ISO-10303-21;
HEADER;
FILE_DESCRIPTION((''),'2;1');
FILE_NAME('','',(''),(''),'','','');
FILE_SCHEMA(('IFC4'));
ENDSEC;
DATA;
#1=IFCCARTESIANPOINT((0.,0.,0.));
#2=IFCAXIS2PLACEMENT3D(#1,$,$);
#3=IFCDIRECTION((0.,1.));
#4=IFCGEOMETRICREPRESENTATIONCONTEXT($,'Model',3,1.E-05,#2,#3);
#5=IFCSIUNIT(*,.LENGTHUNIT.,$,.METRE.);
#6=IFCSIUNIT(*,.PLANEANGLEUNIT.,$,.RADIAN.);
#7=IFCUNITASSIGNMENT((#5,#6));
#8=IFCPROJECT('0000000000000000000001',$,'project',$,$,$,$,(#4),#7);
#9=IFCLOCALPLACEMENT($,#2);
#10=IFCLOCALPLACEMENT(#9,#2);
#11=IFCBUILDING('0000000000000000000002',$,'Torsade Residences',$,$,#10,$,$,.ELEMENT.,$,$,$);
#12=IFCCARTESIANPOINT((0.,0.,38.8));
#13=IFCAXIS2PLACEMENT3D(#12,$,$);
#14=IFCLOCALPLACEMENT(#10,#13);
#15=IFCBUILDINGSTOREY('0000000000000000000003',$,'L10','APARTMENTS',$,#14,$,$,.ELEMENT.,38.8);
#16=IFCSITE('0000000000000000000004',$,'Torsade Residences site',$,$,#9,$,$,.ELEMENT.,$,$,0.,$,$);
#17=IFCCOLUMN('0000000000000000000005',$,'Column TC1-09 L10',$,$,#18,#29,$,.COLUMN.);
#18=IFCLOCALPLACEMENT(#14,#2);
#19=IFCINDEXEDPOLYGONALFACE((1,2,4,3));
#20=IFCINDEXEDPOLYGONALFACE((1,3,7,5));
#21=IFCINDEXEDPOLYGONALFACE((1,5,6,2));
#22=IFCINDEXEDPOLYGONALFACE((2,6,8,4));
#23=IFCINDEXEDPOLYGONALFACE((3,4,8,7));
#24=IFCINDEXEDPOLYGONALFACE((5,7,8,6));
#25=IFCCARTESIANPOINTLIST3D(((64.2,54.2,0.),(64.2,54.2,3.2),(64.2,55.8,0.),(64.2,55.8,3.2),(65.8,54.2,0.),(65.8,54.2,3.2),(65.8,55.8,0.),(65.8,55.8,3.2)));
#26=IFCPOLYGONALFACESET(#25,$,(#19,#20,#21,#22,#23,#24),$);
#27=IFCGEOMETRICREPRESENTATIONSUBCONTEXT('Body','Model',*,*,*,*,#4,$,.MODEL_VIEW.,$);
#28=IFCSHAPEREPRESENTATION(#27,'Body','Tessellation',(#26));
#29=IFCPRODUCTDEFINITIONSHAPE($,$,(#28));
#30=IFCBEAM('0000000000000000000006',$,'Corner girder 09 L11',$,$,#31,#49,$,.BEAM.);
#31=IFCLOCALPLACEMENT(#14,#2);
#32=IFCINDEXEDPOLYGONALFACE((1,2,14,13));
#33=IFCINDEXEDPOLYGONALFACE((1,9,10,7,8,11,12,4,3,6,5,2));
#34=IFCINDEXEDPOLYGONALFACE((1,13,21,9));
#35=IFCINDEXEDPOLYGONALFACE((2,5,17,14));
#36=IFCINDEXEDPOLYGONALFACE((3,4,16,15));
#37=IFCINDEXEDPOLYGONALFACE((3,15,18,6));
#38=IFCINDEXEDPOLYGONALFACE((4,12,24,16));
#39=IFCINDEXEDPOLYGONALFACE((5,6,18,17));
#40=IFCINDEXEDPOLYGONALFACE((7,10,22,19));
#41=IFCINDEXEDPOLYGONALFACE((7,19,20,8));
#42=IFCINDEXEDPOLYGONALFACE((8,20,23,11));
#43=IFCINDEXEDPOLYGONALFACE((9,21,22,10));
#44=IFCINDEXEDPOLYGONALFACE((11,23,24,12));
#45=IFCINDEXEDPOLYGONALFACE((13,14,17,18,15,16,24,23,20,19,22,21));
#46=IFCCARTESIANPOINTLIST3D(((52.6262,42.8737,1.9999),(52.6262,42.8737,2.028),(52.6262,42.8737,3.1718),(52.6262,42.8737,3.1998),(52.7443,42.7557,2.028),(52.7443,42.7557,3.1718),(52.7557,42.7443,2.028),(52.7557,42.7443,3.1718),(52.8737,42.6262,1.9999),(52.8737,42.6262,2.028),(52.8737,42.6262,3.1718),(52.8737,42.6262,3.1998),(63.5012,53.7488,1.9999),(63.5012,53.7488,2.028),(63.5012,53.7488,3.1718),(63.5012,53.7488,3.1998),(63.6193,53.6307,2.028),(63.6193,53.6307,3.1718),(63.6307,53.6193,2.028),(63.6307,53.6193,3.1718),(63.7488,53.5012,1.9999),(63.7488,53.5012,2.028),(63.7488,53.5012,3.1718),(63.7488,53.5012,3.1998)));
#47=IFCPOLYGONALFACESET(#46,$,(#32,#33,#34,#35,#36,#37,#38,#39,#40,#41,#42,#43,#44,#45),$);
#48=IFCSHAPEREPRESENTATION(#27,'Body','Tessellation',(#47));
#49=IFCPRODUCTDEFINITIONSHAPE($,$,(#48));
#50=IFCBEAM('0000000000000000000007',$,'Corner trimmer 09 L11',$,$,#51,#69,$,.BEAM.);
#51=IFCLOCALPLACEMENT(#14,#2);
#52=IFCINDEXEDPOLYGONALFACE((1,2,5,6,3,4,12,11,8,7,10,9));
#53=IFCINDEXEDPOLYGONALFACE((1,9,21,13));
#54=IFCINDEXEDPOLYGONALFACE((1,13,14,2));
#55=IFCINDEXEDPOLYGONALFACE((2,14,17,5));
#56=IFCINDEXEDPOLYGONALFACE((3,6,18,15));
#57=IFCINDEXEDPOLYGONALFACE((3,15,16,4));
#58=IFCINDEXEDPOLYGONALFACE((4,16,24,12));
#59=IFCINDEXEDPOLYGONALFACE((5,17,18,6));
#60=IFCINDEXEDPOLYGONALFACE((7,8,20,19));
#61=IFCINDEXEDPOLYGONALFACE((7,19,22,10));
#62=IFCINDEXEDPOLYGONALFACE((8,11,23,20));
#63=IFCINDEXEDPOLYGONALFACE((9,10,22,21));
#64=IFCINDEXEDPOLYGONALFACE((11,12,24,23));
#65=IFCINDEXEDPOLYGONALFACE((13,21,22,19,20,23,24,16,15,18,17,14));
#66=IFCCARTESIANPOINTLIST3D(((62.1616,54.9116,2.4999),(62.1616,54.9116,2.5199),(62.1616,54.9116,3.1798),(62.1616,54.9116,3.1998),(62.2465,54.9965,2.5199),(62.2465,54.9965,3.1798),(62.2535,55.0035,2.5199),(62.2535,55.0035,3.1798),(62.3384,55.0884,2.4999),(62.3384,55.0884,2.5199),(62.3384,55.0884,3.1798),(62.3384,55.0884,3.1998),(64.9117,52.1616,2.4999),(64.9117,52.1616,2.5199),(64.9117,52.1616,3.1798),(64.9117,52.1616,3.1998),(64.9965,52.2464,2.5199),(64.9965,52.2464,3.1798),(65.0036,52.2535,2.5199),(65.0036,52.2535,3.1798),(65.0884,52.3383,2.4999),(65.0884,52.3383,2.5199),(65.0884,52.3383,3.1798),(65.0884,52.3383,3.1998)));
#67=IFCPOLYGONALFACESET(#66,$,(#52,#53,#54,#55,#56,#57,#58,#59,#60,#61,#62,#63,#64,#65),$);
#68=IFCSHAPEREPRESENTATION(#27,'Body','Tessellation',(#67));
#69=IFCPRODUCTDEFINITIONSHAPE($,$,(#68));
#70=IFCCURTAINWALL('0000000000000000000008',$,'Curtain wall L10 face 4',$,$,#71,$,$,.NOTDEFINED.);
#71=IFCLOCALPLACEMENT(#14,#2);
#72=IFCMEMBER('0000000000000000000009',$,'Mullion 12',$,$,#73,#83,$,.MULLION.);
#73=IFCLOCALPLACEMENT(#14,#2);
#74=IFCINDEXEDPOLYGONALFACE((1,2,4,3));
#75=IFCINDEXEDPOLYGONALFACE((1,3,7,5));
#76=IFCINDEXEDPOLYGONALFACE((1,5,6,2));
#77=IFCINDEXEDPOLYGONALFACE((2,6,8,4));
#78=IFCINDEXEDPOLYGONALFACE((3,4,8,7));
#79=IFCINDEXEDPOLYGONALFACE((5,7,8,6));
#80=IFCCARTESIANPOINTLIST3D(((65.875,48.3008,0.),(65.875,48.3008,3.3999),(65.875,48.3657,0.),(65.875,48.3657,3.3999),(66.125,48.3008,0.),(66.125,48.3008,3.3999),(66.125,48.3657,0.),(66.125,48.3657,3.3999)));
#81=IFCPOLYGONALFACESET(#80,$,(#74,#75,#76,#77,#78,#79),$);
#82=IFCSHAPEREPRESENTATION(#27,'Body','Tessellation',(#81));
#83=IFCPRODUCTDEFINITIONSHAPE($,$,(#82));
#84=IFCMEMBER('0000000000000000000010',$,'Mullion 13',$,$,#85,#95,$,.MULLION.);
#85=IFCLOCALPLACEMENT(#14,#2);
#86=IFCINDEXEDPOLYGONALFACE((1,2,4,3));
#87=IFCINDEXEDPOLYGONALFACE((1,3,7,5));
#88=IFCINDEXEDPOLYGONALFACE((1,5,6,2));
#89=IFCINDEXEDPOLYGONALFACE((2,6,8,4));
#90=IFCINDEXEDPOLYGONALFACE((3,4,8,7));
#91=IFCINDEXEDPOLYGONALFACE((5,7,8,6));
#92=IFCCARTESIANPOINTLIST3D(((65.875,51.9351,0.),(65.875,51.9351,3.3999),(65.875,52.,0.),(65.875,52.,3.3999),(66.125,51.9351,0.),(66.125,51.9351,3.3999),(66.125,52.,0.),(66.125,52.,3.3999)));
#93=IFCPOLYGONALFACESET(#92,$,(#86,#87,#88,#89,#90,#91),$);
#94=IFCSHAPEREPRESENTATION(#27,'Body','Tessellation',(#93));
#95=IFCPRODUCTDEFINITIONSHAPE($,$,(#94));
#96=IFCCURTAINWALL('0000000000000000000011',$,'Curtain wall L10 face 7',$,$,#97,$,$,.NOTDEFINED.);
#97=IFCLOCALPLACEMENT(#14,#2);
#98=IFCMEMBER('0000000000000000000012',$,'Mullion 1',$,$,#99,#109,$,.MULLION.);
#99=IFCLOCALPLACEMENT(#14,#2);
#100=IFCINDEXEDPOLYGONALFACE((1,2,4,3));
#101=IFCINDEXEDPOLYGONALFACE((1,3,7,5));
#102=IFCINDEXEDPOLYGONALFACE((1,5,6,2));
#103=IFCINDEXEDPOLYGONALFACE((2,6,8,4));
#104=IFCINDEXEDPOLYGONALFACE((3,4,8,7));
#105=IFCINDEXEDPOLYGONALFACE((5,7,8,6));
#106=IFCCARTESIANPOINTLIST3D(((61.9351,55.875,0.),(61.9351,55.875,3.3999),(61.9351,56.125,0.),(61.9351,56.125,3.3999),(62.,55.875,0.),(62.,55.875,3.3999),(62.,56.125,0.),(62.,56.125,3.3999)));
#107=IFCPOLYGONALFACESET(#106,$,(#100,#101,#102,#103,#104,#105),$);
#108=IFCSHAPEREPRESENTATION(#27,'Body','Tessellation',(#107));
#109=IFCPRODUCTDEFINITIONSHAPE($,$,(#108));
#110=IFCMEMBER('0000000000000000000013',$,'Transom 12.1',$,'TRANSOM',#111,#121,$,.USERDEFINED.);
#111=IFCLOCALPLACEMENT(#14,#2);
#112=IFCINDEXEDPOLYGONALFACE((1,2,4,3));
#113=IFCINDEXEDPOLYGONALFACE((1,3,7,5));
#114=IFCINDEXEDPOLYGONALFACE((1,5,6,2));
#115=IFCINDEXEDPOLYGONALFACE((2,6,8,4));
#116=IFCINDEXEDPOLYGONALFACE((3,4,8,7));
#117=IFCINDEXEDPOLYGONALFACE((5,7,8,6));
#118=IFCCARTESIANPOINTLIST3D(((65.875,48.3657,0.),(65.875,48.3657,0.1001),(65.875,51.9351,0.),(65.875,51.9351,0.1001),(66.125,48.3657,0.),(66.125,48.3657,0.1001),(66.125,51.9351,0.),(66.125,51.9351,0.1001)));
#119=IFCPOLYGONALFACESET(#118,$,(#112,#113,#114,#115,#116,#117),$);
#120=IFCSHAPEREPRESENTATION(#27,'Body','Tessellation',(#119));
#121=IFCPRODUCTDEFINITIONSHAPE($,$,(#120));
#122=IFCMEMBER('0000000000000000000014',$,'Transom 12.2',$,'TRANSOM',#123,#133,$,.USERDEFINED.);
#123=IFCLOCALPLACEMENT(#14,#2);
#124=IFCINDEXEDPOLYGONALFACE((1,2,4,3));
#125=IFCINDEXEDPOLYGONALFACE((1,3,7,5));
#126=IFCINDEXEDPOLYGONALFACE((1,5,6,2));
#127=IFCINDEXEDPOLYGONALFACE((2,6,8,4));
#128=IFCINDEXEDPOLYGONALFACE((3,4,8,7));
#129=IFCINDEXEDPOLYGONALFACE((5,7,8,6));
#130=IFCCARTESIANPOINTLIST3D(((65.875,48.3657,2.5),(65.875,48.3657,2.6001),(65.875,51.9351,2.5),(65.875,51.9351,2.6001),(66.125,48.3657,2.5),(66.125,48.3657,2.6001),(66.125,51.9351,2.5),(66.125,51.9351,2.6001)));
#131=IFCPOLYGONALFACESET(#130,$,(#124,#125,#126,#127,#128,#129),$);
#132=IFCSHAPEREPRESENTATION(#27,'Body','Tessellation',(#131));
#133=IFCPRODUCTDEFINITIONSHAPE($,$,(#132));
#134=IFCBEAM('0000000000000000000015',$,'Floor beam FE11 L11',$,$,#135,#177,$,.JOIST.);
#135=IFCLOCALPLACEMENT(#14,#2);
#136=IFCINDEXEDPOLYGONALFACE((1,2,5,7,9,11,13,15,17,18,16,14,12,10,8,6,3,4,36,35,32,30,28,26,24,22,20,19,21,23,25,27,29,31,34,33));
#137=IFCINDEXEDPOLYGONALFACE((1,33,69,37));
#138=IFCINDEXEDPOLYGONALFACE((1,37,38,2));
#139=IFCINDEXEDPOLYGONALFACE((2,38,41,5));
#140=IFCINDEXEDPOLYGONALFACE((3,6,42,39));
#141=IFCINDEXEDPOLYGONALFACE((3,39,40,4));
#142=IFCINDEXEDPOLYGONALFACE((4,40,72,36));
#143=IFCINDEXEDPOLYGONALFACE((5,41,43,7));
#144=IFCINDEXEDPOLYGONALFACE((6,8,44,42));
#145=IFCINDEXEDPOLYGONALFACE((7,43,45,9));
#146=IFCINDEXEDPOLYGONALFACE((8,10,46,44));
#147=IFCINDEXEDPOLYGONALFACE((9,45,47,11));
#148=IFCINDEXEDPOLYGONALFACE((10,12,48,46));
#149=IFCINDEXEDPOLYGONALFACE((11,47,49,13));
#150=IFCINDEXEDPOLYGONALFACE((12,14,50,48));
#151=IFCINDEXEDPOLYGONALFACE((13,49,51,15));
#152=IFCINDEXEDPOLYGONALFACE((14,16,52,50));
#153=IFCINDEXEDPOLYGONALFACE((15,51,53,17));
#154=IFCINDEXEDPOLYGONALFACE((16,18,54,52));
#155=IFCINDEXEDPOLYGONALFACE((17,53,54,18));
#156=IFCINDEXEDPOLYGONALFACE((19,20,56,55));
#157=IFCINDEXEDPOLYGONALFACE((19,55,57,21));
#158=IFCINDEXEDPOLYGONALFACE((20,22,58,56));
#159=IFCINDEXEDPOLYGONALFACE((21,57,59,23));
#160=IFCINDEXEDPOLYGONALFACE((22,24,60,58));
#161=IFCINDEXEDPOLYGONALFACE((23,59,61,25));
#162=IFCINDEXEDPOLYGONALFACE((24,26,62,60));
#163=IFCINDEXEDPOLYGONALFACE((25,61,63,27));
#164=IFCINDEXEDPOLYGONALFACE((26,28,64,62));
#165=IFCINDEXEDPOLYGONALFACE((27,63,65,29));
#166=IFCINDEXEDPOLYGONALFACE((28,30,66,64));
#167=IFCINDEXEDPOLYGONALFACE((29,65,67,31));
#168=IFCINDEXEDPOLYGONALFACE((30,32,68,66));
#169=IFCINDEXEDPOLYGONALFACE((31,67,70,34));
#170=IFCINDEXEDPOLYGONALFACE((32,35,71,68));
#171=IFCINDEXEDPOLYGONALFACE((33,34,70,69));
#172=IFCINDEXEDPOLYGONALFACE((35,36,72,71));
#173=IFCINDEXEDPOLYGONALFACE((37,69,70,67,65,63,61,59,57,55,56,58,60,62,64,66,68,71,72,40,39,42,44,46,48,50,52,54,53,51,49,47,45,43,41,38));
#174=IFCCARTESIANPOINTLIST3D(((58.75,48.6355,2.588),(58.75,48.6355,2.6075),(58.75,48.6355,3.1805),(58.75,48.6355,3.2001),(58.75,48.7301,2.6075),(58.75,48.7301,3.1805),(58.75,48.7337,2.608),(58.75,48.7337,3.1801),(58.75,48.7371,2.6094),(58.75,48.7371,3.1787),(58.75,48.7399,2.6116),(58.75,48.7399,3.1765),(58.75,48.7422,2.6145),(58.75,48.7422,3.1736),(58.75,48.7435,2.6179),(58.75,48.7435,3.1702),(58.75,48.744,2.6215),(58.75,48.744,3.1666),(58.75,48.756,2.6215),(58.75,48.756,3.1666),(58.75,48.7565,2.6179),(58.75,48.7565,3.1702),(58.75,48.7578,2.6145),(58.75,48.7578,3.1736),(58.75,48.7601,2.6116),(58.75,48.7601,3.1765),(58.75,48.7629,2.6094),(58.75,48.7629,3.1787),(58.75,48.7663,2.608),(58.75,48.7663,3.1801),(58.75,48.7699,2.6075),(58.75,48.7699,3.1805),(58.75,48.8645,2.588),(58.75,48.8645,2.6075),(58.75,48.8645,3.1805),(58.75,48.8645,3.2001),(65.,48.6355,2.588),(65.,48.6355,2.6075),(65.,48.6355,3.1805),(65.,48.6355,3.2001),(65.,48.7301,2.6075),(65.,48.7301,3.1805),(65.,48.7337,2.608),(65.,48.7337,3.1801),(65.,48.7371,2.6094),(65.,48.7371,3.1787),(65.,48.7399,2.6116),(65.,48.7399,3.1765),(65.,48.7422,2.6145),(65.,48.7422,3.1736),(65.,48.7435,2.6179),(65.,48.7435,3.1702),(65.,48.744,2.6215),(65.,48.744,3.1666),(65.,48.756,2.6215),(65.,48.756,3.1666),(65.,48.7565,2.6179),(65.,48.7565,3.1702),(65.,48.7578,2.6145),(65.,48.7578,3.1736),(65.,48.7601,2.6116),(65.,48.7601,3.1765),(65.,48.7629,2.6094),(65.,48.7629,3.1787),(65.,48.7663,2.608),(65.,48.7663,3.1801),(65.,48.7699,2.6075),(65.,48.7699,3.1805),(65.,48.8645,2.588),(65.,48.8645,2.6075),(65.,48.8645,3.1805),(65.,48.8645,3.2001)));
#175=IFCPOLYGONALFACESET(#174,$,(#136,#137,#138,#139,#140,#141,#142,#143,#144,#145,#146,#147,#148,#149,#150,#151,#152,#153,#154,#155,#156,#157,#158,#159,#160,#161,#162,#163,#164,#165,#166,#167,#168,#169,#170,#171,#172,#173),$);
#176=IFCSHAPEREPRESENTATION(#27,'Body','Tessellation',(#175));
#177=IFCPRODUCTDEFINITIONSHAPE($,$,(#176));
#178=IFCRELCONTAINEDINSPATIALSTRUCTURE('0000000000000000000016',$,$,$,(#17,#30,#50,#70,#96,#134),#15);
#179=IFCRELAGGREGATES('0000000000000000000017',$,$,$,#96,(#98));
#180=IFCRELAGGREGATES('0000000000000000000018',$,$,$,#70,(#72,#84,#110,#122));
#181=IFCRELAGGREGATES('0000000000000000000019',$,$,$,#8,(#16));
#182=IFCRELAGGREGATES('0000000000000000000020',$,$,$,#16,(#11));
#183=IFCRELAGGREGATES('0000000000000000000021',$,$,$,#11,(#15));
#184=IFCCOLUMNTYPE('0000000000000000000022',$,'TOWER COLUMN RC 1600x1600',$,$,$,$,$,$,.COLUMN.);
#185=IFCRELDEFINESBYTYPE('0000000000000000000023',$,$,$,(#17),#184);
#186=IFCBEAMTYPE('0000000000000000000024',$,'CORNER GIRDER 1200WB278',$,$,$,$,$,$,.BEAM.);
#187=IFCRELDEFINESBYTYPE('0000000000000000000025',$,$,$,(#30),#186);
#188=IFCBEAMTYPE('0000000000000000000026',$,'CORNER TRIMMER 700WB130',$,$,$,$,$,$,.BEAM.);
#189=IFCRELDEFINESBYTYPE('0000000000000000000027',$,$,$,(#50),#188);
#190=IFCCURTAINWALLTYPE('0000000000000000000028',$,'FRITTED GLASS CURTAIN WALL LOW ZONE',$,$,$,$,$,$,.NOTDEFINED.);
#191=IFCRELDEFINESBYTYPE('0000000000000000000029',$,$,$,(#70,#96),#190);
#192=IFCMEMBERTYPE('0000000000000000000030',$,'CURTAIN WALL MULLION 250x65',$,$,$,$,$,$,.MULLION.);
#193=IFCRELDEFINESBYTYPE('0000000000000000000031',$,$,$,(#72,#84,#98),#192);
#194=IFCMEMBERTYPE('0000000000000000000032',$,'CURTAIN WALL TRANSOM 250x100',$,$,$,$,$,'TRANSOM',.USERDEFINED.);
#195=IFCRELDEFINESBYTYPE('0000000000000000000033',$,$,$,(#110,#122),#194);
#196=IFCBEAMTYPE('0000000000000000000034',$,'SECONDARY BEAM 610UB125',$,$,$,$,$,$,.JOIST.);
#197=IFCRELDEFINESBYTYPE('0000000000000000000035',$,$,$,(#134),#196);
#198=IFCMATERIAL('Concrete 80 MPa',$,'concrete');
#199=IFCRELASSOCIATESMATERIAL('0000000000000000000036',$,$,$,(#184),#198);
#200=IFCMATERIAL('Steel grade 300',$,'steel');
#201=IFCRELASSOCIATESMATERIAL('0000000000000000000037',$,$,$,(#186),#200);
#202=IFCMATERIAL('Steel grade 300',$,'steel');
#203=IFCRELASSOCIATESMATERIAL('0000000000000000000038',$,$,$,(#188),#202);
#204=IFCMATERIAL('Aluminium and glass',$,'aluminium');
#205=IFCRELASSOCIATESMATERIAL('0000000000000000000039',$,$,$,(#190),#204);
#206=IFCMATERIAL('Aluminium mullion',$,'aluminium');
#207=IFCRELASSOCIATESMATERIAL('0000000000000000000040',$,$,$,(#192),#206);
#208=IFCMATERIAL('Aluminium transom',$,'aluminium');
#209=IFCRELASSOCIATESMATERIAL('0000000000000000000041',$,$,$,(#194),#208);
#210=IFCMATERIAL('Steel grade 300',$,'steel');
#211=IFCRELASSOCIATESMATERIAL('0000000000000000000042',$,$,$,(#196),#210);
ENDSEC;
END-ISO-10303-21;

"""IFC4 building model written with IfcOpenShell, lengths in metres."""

from ifc_helpers import new_model, si_unit, direction, frame, origin, origin_2d, place, context, subcontext, project, spatial, rectangle, i_section, extrude, material, material_profile, profile_set, type_object, element, aggregate, save


model = new_model("IFC4")

# Units and contexts
model_context = context("Model", 3, precision=1e-05, world=origin(), true_north=direction((0.0, 1.0)))
body_context = subcontext(model_context, "Body", "Model", "MODEL_VIEW")
ifc_project = project(units=[si_unit("LENGTHUNIT", "METRE"), si_unit("PLANEANGLEUNIT", "RADIAN")], contexts=[model_context])

# Site, building, storey
site_placement = place(None, origin())
site = spatial("IfcSite", under=ifc_project, at=site_placement, Name="Torsade Residences site", CompositionType="ELEMENT", RefElevation=0.0)
building_placement = place(site_placement, origin())
building = spatial("IfcBuilding", under=site, at=building_placement, Name="Torsade Residences", CompositionType="ELEMENT")
storey_placement = place(building_placement, frame((0.0, 0.0, 38.8)))
storey = spatial("IfcBuildingStorey", under=building, at=storey_placement, Name="L10", Description="APARTMENTS", CompositionType="ELEMENT", Elevation=38.8)

# Column
ifc_material_1 = material(Name="Concrete 80 MPa", Category="concrete")
ifc_material_profile_1 = material_profile(ifc_material_1, rectangle(XDim=1.6001, YDim=1.6001, at=origin_2d()), Name="RC 1600x1600")
ifc_profile_set_1 = profile_set([ifc_material_profile_1], Name="Concrete 80 MPa")
column_type = type_object("IfcColumnType", Name="TOWER COLUMN RC 1600x1600", PredefinedType="COLUMN", material=ifc_profile_set_1)
column_placement = place(storey_placement, frame((65.0, 55.0, 0.0), z_axis=(0.0, 0.0, 1.0), x_axis=(1.0, 0.0, 0.0)))
element("IfcColumn", 1, at=column_placement, inside=storey, type_object=column_type, Name="Column TC1-09 L10", PredefinedType="COLUMN", context=body_context, shape_type="SweptSolid", body=[
    extrude(rectangle(XDim=1.6001, YDim=1.6001, at=origin_2d()), origin(), (0.0, 0.0, 1.0), 3.2),
])

# Beams
ifc_material_2 = material(Name="Steel grade 300", Category="steel")
ifc_material_profile_2 = material_profile(ifc_material_2, i_section(OverallWidth=0.3501, OverallDepth=1.2, WebThickness=0.0161, FlangeThickness=0.0281, at=origin_2d()), Name="1200WB278")
ifc_profile_set_2 = profile_set([ifc_material_profile_2], Name="Steel grade 300")
beam_type_1 = type_object("IfcBeamType", Name="CORNER GIRDER 1200WB278", PredefinedType="BEAM", material=ifc_profile_set_2)
beam_1_placement = place(storey_placement, frame((63.625, 53.625, 2.5999), z_axis=(-0.707107, -0.707107, 0.0), x_axis=(0.707107, -0.707107, 0.0)))
element("IfcBeam", 2, at=beam_1_placement, inside=storey, type_object=beam_type_1, Name="Corner girder 09 L11", PredefinedType="BEAM", context=body_context, shape_type="SweptSolid", body=[
    extrude(i_section(OverallWidth=0.3501, OverallDepth=1.2, WebThickness=0.0161, FlangeThickness=0.0281, at=origin_2d()), origin(), (0.0, 0.0, 1.0), 15.3796),
])
ifc_material_3 = material(Name="Steel grade 300", Category="steel")
ifc_material_profile_3 = material_profile(ifc_material_3, i_section(OverallWidth=0.25, OverallDepth=0.7, WebThickness=0.01, FlangeThickness=0.02, at=origin_2d()), Name="700WB130")
ifc_profile_set_3 = profile_set([ifc_material_profile_3], Name="Steel grade 300")
beam_type_2 = type_object("IfcBeamType", Name="CORNER TRIMMER 700WB130", PredefinedType="BEAM", material=ifc_profile_set_3)
beam_2_placement = place(storey_placement, frame((62.25, 55.0, 2.8499), z_axis=(0.707107, -0.707107, 0.0), x_axis=(0.707107, 0.707107, 0.0)))
element("IfcBeam", 3, at=beam_2_placement, inside=storey, type_object=beam_type_2, Name="Corner trimmer 09 L11", PredefinedType="BEAM", context=body_context, shape_type="SweptSolid", body=[
    extrude(i_section(OverallWidth=0.25, OverallDepth=0.7, WebThickness=0.01, FlangeThickness=0.02, at=origin_2d()), origin(), (0.0, 0.0, 1.0), 3.8892),
])

# Curtain wall, members
ifc_material_4 = material(Name="Aluminium and glass", Category="aluminium")
curtain_wall_type = type_object("IfcCurtainWallType", Name="FRITTED GLASS CURTAIN WALL LOW ZONE", PredefinedType="NOTDEFINED", material=ifc_material_4)
curtain_wall_1_placement = place(storey_placement, origin())
curtain_wall_1 = element("IfcCurtainWall", 4, at=curtain_wall_1_placement, inside=storey, type_object=curtain_wall_type, Name="Curtain wall L10 face 4", PredefinedType="NOTDEFINED")
ifc_material_5 = material(Name="Aluminium mullion", Category="aluminium")
ifc_material_profile_4 = material_profile(ifc_material_5, rectangle(XDim=0.25, YDim=0.0649, at=origin_2d()), Name="CURTAIN WALL MULLION 250x65")
ifc_profile_set_4 = profile_set([ifc_material_profile_4], Name="Aluminium mullion")
member_type_1 = type_object("IfcMemberType", Name="CURTAIN WALL MULLION 250x65", PredefinedType="MULLION", material=ifc_profile_set_4)
member_1_placement = place(storey_placement, frame((66.0, 48.3333, 0.0), z_axis=(0.0, 0.0, 1.0), x_axis=(-1.0, 0.0, 0.0)))
member_1 = element("IfcMember", 5, at=member_1_placement, type_object=member_type_1, Name="Mullion 12", PredefinedType="MULLION", context=body_context, shape_type="SweptSolid", body=[
    extrude(rectangle(XDim=0.25, YDim=0.0649, at=origin_2d()), origin(), (0.0, 0.0, 1.0), 3.3999),
])
member_2_placement = place(storey_placement, frame((66.0, 51.9675, 0.0), z_axis=(0.0, 0.0, 1.0), x_axis=(-1.0, 0.0, 0.0)))
member_2 = element("IfcMember", 6, at=member_2_placement, type_object=member_type_1, Name="Mullion 13", PredefinedType="MULLION", context=body_context, shape_type="SweptSolid", body=[
    extrude(rectangle(XDim=0.25, YDim=0.0649, at=origin_2d()), origin(), (0.0, 0.0, 1.0), 3.3999),
])

# Curtain wall, member
curtain_wall_2_placement = place(storey_placement, origin())
curtain_wall_2 = element("IfcCurtainWall", 7, at=curtain_wall_2_placement, inside=storey, type_object=curtain_wall_type, Name="Curtain wall L10 face 7", PredefinedType="NOTDEFINED")
member_3_placement = place(storey_placement, frame((61.9675, 56.0, 0.0), z_axis=(0.0, 0.0, 1.0), x_axis=(0.0, -1.0, 0.0)))
member_3 = element("IfcMember", 8, at=member_3_placement, type_object=member_type_1, Name="Mullion 1", PredefinedType="MULLION", context=body_context, shape_type="SweptSolid", body=[
    extrude(rectangle(XDim=0.25, YDim=0.0649, at=origin_2d()), origin(), (0.0, 0.0, 1.0), 3.3999),
])
aggregate(curtain_wall_2, [member_3])

# Members
ifc_material_6 = material(Name="Aluminium transom", Category="aluminium")
ifc_material_profile_5 = material_profile(ifc_material_6, rectangle(XDim=0.25, YDim=0.1001, at=origin_2d()), Name="CURTAIN WALL TRANSOM 250x100")
ifc_profile_set_5 = profile_set([ifc_material_profile_5], Name="Aluminium transom")
member_type_2 = type_object("IfcMemberType", Name="CURTAIN WALL TRANSOM 250x100", ElementType="TRANSOM", PredefinedType="USERDEFINED", material=ifc_profile_set_5)
member_4_placement = place(storey_placement, frame((66.0, 48.3657, 0.05), z_axis=(0.0, 1.0, 0.0), x_axis=(-1.0, 0.0, 0.0)))
member_4 = element("IfcMember", 9, at=member_4_placement, type_object=member_type_2, Name="Transom 12.1", ObjectType="TRANSOM", PredefinedType="USERDEFINED", context=body_context, shape_type="SweptSolid", body=[
    extrude(rectangle(XDim=0.25, YDim=0.1001, at=origin_2d()), origin(), (0.0, 0.0, 1.0), 3.5693),
])
member_5_placement = place(storey_placement, frame((66.0, 48.3657, 2.55), z_axis=(0.0, 1.0, 0.0), x_axis=(-1.0, 0.0, 0.0)))
member_5 = element("IfcMember", 10, at=member_5_placement, type_object=member_type_2, Name="Transom 12.2", ObjectType="TRANSOM", PredefinedType="USERDEFINED", context=body_context, shape_type="SweptSolid", body=[
    extrude(rectangle(XDim=0.25, YDim=0.1001, at=origin_2d()), origin(), (0.0, 0.0, 1.0), 3.5693),
])

# Beam
ifc_material_7 = material(Name="Steel grade 300", Category="steel")
ifc_material_profile_6 = material_profile(ifc_material_7, i_section(OverallWidth=0.229, OverallDepth=0.6121, WebThickness=0.012, FlangeThickness=0.0195, FilletRadius=0.0139, at=origin_2d()), Name="610UB125")
ifc_profile_set_6 = profile_set([ifc_material_profile_6], Name="Steel grade 300")
beam_type_3 = type_object("IfcBeamType", Name="SECONDARY BEAM 610UB125", PredefinedType="JOIST", material=ifc_profile_set_6)
beam_3_placement = place(storey_placement, frame((65.0, 48.75, 2.894), z_axis=(-1.0, 0.0, 0.0), x_axis=(0.0, -1.0, 0.0)))
element("IfcBeam", 11, at=beam_3_placement, inside=storey, type_object=beam_type_3, Name="Floor beam FE11 L11", PredefinedType="JOIST", context=body_context, shape_type="SweptSolid", body=[
    extrude(i_section(OverallWidth=0.229, OverallDepth=0.6121, WebThickness=0.012, FlangeThickness=0.0195, FilletRadius=0.0139, at=origin_2d()), origin(), (0.0, 0.0, 1.0), 6.25),
])

aggregate(curtain_wall_1, [member_1, member_2, member_4, member_5])

save(model, "model.ifc")
